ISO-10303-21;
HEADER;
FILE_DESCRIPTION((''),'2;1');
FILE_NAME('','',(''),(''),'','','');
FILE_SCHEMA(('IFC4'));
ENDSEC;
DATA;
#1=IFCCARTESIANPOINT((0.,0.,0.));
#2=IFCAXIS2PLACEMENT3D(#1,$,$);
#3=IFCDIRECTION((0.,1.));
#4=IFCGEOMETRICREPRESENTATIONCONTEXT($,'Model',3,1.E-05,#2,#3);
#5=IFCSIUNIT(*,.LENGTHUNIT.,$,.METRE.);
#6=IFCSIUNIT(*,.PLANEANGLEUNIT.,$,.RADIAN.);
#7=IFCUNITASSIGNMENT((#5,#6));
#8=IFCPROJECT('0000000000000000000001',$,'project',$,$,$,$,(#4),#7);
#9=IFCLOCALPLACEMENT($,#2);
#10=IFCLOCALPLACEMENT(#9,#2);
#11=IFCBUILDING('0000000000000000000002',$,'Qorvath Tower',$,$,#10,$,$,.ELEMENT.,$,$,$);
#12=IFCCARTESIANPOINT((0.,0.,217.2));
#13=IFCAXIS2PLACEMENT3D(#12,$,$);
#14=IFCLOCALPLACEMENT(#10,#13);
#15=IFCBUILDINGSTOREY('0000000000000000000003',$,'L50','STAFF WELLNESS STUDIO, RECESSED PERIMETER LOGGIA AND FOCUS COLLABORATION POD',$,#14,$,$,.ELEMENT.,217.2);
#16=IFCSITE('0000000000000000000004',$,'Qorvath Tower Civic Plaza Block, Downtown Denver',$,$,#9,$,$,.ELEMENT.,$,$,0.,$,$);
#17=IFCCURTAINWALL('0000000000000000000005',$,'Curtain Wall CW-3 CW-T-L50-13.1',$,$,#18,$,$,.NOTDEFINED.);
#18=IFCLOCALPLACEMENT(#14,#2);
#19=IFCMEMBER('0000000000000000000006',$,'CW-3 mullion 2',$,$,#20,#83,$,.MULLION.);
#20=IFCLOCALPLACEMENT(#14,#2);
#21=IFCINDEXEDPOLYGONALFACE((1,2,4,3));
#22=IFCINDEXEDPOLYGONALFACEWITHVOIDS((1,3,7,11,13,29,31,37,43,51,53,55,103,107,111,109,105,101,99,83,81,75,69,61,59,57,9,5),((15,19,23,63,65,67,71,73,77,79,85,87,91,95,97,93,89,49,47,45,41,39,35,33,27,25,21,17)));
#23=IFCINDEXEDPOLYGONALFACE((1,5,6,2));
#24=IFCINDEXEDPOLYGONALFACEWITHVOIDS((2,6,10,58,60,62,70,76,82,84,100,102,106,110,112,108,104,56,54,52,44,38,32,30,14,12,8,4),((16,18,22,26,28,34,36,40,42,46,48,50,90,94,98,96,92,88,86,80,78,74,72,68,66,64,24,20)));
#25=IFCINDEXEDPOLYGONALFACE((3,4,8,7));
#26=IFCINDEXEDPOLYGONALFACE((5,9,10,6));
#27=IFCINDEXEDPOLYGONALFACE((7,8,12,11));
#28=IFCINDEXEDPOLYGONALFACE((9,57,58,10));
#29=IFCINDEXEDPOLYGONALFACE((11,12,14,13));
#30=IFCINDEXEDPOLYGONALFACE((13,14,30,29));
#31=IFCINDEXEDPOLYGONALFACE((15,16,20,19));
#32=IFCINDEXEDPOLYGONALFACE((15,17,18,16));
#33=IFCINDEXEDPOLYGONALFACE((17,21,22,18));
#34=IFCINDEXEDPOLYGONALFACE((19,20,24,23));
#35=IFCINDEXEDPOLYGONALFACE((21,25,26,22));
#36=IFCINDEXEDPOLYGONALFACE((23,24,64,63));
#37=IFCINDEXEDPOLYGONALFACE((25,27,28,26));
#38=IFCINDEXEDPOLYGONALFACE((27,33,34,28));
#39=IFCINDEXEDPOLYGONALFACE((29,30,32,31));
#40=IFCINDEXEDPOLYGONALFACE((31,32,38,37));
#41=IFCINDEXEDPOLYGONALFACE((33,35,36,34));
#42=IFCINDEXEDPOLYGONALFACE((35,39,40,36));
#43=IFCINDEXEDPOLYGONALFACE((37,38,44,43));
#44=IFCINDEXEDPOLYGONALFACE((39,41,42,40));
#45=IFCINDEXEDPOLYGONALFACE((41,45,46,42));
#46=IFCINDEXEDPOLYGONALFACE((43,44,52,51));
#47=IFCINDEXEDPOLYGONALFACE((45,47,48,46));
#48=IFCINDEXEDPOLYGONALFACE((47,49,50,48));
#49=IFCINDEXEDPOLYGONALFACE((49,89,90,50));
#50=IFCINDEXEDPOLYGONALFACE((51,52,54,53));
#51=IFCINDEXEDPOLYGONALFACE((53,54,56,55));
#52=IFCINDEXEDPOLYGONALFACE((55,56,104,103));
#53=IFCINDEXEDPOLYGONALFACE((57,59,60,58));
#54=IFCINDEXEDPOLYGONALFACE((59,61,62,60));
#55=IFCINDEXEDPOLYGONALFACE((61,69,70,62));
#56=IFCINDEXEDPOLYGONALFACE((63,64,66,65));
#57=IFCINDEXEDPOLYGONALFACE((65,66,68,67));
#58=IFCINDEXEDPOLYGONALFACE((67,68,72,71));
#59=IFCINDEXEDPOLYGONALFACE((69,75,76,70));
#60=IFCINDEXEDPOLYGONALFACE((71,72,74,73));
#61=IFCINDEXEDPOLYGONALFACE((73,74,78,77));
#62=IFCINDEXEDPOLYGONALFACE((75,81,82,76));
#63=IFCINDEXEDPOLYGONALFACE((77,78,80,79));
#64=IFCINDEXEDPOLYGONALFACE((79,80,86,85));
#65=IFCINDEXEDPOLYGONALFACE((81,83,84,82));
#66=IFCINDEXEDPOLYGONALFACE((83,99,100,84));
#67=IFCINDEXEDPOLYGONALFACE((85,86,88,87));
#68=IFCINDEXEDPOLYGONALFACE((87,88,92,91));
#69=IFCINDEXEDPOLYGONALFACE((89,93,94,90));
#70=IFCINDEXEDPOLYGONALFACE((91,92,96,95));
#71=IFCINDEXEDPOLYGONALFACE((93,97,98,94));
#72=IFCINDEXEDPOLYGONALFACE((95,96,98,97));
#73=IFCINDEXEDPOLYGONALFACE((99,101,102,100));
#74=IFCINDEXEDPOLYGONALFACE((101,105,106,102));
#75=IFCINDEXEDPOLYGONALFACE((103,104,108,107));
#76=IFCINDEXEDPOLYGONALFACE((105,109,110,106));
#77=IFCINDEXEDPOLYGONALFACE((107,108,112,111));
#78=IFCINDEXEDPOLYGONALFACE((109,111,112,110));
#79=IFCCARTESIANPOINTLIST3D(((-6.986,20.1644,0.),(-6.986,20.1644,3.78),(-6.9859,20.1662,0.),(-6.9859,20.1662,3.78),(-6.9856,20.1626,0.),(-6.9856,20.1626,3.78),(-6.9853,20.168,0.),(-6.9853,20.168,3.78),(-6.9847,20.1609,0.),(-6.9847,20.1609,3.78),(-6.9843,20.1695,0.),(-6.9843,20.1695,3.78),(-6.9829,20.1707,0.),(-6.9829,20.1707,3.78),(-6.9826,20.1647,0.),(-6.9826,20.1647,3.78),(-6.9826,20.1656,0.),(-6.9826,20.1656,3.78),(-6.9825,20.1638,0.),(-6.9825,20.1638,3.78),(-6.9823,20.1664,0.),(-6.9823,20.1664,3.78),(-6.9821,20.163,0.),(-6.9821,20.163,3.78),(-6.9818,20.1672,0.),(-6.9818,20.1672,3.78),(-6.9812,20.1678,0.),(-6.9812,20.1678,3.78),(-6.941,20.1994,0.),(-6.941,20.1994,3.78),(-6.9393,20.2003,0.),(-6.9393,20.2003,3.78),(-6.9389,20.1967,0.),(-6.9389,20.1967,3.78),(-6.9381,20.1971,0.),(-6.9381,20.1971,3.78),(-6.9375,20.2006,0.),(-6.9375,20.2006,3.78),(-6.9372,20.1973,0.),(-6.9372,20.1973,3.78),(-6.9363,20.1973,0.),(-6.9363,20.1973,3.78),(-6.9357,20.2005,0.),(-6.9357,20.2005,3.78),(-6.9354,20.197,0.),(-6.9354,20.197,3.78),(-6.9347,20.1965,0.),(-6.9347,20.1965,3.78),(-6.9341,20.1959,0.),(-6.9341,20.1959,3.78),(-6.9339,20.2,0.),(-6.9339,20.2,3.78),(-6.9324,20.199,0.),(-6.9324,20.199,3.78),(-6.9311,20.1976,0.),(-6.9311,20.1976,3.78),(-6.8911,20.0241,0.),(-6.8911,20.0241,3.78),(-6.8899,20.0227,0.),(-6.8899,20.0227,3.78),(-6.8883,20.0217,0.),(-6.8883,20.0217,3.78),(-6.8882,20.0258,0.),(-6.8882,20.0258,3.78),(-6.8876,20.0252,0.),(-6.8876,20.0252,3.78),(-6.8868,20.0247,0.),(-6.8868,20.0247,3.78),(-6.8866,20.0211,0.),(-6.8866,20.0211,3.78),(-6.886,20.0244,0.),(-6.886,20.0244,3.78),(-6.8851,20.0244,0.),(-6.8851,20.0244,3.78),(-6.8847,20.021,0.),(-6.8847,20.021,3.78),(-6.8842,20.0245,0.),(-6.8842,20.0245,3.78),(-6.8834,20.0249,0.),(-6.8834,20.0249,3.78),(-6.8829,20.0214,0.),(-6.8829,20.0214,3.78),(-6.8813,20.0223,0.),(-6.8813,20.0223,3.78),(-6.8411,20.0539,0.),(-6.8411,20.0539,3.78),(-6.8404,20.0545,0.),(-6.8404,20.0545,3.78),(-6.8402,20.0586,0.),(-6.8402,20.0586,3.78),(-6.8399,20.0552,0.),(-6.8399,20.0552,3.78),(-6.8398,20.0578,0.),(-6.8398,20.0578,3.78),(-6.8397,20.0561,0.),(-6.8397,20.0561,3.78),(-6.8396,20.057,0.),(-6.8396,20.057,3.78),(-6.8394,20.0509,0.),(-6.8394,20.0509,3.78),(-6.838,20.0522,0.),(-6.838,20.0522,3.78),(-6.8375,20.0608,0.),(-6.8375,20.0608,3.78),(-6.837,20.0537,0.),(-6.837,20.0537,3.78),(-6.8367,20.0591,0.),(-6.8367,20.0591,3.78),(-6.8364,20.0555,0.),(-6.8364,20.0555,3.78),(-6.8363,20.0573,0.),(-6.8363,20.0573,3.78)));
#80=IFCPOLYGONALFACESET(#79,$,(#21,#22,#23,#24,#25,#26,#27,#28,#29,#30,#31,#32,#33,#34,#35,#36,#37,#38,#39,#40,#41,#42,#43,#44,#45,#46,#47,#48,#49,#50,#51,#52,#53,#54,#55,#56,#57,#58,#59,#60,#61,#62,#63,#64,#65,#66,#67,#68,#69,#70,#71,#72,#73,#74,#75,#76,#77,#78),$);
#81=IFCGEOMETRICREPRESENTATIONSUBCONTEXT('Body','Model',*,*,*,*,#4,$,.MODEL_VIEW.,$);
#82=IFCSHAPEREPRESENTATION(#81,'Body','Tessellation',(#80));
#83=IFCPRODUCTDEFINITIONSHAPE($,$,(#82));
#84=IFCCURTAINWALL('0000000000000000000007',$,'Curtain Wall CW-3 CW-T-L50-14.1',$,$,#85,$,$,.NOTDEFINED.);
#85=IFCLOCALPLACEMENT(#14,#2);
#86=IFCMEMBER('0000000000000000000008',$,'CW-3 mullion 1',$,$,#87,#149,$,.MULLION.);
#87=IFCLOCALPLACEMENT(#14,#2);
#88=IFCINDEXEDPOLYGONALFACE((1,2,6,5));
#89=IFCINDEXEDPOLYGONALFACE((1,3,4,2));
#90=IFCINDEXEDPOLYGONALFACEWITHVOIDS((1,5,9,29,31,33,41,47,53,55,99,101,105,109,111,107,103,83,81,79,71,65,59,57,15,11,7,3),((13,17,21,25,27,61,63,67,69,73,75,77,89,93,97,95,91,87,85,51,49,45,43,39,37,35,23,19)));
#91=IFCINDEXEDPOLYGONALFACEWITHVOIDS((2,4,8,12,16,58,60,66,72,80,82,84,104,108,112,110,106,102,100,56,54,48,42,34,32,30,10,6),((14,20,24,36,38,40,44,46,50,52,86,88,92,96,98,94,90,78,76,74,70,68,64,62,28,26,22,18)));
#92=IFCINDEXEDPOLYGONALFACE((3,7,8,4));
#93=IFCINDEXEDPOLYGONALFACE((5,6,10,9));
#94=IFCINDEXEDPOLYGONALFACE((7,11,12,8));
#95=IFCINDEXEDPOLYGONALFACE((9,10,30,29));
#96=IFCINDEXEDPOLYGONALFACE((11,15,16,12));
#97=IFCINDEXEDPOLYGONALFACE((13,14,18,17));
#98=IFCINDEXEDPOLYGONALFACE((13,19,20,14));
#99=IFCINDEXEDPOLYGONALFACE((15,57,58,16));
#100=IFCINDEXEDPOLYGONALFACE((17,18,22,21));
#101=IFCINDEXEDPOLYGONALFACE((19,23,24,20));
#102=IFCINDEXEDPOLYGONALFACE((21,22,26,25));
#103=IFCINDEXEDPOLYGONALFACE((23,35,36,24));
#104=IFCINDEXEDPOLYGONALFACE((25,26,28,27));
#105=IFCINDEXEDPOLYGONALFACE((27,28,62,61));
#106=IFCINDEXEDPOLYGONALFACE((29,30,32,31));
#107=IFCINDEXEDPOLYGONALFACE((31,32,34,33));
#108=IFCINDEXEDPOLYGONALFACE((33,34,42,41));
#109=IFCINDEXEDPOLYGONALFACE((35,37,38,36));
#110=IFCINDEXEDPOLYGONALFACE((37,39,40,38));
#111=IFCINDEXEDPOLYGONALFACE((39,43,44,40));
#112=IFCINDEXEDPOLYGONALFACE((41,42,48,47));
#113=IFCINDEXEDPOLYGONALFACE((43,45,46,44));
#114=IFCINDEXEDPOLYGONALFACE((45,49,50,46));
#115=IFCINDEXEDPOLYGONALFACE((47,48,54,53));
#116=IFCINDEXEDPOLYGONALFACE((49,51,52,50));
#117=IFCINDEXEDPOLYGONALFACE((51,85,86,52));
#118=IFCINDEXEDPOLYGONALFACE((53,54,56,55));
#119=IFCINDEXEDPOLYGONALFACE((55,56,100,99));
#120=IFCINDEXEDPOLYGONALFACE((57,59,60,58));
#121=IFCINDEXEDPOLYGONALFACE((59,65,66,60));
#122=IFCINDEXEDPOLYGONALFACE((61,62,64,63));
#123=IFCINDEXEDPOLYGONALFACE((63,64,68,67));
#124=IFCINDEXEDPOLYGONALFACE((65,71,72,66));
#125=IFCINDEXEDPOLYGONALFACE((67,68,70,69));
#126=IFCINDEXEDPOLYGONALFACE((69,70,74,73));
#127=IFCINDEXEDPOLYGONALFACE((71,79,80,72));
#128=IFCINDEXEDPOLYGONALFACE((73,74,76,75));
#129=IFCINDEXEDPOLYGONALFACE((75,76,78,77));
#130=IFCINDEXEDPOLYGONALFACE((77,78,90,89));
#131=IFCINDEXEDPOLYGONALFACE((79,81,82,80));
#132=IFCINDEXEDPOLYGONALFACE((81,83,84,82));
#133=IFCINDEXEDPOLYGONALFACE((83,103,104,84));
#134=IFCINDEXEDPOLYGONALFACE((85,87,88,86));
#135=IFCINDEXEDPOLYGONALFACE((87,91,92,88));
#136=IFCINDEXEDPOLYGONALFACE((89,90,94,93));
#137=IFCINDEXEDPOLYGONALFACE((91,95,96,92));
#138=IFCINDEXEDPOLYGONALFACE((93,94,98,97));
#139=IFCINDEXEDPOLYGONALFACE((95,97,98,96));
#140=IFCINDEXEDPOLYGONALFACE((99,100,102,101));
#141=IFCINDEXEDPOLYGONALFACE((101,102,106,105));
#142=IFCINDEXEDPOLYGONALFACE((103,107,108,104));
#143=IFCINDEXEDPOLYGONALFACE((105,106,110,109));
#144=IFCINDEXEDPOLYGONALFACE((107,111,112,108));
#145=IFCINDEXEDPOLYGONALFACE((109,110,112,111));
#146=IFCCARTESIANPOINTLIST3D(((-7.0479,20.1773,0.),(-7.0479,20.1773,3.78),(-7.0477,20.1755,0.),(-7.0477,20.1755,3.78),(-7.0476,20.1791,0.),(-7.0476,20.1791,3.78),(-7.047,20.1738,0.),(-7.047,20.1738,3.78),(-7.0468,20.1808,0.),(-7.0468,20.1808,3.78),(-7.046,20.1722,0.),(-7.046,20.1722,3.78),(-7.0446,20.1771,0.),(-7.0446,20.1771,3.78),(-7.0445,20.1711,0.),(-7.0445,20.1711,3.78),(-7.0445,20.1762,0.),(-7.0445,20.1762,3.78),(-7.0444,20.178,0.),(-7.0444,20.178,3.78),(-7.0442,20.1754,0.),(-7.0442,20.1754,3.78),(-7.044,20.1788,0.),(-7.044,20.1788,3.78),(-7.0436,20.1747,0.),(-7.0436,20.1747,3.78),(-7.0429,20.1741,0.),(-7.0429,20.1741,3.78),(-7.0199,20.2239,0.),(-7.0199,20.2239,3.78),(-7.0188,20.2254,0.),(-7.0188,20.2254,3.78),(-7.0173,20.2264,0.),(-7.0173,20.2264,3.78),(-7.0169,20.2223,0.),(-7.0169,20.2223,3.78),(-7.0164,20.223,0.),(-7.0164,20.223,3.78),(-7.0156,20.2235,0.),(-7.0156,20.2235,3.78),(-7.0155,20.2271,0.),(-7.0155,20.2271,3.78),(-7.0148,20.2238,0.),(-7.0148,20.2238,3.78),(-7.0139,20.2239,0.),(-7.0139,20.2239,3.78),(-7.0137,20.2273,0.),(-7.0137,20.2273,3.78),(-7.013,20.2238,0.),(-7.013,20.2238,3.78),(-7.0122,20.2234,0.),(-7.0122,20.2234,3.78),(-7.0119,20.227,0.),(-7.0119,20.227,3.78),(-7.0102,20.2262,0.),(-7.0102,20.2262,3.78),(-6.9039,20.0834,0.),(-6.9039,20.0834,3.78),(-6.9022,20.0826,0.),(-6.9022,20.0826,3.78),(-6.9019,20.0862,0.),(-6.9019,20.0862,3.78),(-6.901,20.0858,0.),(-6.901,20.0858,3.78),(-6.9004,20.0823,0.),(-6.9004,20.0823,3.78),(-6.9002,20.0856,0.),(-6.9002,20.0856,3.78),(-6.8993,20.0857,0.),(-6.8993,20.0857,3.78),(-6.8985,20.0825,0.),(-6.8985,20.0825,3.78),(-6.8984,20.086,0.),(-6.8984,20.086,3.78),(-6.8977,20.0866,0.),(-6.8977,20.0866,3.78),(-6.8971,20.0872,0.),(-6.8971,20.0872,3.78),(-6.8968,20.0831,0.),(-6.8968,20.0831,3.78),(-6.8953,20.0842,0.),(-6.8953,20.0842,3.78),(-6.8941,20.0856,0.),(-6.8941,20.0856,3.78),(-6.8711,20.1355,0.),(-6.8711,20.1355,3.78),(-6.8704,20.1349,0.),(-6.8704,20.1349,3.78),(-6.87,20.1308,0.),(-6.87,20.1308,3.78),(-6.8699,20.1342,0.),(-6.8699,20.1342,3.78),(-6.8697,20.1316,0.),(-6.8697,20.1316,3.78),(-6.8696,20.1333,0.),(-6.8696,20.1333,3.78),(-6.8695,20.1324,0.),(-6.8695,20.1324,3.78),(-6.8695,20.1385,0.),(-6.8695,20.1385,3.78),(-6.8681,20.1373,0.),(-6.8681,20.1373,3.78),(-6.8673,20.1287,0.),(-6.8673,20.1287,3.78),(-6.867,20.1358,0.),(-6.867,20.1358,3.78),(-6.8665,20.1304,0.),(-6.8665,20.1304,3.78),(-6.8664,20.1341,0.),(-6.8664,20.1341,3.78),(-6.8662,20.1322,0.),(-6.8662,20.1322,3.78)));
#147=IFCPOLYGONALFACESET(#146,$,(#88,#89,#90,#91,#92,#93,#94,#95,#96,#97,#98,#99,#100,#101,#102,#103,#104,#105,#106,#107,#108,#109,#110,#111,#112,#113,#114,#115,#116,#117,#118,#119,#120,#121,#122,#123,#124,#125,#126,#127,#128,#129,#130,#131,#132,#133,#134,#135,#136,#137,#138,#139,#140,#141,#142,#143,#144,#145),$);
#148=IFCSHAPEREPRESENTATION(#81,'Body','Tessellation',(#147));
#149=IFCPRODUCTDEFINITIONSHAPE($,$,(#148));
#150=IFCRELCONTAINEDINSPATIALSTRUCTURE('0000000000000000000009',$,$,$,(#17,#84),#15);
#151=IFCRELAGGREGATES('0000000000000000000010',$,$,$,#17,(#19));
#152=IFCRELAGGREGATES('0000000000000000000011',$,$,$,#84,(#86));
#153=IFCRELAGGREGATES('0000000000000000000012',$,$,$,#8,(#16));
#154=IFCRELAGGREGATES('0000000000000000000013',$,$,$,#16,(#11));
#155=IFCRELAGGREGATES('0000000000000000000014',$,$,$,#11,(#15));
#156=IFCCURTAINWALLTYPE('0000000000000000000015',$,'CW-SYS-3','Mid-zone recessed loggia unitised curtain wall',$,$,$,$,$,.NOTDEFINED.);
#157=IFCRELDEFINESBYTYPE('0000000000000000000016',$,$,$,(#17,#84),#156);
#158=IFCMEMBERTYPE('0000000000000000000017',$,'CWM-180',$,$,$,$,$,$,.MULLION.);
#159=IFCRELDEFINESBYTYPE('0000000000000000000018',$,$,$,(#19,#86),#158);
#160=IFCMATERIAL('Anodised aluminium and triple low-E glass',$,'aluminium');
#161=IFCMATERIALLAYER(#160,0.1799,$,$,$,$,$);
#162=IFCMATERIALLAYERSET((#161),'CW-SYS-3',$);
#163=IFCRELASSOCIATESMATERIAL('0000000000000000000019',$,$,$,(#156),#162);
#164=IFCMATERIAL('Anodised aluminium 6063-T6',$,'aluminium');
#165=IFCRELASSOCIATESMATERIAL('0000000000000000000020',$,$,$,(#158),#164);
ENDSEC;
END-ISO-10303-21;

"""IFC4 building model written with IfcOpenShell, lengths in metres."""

from ifc_helpers import new_model, si_unit, direction, frame, origin, origin_2d, place, context, subcontext, project, spatial, hollow_rectangle, extrude, material, layer, layer_set, material_profile, profile_set, type_object, element, aggregate, save


model = new_model("IFC4")

# Units and contexts
model_context = context("Model", 3, precision=1e-05, world=origin(), true_north=direction((0.0, 1.0)))
body_context = subcontext(model_context, "Body", "Model", "MODEL_VIEW")
ifc_project = project(units=[si_unit("LENGTHUNIT", "METRE"), si_unit("PLANEANGLEUNIT", "RADIAN")], contexts=[model_context])

# Site, building, storey
site_placement = place(None, origin())
site = spatial("IfcSite", under=ifc_project, at=site_placement, Name="Qorvath Tower Civic Plaza Block, Downtown Denver", CompositionType="ELEMENT", RefElevation=0.0)
building_placement = place(site_placement, origin())
building = spatial("IfcBuilding", under=site, at=building_placement, Name="Qorvath Tower", CompositionType="ELEMENT")
storey_placement = place(building_placement, frame((0.0, 0.0, 217.2)))
storey = spatial("IfcBuildingStorey", under=building, at=storey_placement, Name="L50", Description="STAFF WELLNESS STUDIO, RECESSED PERIMETER LOGGIA AND FOCUS COLLABORATION POD", CompositionType="ELEMENT", Elevation=217.2)

# Shared definitions
ifc_material_1 = material(Name="Anodised aluminium and triple low-E glass", Category="aluminium")
ifc_layer_1 = layer(ifc_material_1, 0.1799)
ifc_layer_set_1 = layer_set([ifc_layer_1], Name="CW-SYS-3")
curtain_wall_type = type_object("IfcCurtainWallType", Name="CW-SYS-3", Description="Mid-zone recessed loggia unitised curtain wall", PredefinedType="NOTDEFINED", material=ifc_layer_set_1)
ifc_material_2 = material(Name="Anodised aluminium 6063-T6", Category="aluminium")
ifc_material_profile_1 = material_profile(ifc_material_2, hollow_rectangle(XDim=0.0649, YDim=0.1799, WallThickness=0.0034, InnerFilletRadius=0.0034, OuterFilletRadius=0.0071, at=origin_2d()), Name="CWM 180x65")
ifc_profile_set_1 = profile_set([ifc_material_profile_1], Name="Anodised aluminium 6063-T6")
member_type_1 = type_object("IfcMemberType", Name="CWM-180", PredefinedType="MULLION", material=ifc_profile_set_1)

# Curtain walls, members
curtain_wall_1_placement = place(storey_placement, origin())
curtain_wall_1 = element("IfcCurtainWall", 1, at=curtain_wall_1_placement, inside=storey, type_object=curtain_wall_type, Name="Curtain Wall CW-3 CW-T-L50-13.1", PredefinedType="NOTDEFINED")
member_1_placement = place(storey_placement, frame((-6.9111, 20.1108, 0.0), z_axis=(0.0, 0.0, 1.0), x_axis=(-0.825264, -0.564746, 0.0)))
member_1 = element("IfcMember", 2, at=member_1_placement, type_object=member_type_1, Name="CW-3 mullion 2", PredefinedType="MULLION", context=body_context, shape_type="SweptSolid", body=[
    extrude(hollow_rectangle(XDim=0.0649, YDim=0.1799, WallThickness=0.0034, InnerFilletRadius=0.0034, OuterFilletRadius=0.0071, at=origin_2d()), origin(), (0.0, 0.0, 1.0), 3.78),
])
curtain_wall_2_placement = place(storey_placement, origin())
curtain_wall_2 = element("IfcCurtainWall", 3, at=curtain_wall_2_placement, inside=storey, type_object=curtain_wall_type, Name="Curtain Wall CW-3 CW-T-L50-14.1", PredefinedType="NOTDEFINED")
member_2_placement = place(storey_placement, frame((-6.957, 20.1548, 0.0), z_axis=(0.0, 0.0, 1.0), x_axis=(-0.528982, -0.848633, 0.0)))
member_2 = element("IfcMember", 4, at=member_2_placement, type_object=member_type_1, Name="CW-3 mullion 1", PredefinedType="MULLION", context=body_context, shape_type="SweptSolid", body=[
    extrude(hollow_rectangle(XDim=0.0649, YDim=0.1799, WallThickness=0.0034, InnerFilletRadius=0.0034, OuterFilletRadius=0.0071, at=origin_2d()), origin(), (0.0, 0.0, 1.0), 3.78),
])

aggregate(curtain_wall_1, [member_1])
aggregate(curtain_wall_2, [member_2])

save(model, "model.ifc")
